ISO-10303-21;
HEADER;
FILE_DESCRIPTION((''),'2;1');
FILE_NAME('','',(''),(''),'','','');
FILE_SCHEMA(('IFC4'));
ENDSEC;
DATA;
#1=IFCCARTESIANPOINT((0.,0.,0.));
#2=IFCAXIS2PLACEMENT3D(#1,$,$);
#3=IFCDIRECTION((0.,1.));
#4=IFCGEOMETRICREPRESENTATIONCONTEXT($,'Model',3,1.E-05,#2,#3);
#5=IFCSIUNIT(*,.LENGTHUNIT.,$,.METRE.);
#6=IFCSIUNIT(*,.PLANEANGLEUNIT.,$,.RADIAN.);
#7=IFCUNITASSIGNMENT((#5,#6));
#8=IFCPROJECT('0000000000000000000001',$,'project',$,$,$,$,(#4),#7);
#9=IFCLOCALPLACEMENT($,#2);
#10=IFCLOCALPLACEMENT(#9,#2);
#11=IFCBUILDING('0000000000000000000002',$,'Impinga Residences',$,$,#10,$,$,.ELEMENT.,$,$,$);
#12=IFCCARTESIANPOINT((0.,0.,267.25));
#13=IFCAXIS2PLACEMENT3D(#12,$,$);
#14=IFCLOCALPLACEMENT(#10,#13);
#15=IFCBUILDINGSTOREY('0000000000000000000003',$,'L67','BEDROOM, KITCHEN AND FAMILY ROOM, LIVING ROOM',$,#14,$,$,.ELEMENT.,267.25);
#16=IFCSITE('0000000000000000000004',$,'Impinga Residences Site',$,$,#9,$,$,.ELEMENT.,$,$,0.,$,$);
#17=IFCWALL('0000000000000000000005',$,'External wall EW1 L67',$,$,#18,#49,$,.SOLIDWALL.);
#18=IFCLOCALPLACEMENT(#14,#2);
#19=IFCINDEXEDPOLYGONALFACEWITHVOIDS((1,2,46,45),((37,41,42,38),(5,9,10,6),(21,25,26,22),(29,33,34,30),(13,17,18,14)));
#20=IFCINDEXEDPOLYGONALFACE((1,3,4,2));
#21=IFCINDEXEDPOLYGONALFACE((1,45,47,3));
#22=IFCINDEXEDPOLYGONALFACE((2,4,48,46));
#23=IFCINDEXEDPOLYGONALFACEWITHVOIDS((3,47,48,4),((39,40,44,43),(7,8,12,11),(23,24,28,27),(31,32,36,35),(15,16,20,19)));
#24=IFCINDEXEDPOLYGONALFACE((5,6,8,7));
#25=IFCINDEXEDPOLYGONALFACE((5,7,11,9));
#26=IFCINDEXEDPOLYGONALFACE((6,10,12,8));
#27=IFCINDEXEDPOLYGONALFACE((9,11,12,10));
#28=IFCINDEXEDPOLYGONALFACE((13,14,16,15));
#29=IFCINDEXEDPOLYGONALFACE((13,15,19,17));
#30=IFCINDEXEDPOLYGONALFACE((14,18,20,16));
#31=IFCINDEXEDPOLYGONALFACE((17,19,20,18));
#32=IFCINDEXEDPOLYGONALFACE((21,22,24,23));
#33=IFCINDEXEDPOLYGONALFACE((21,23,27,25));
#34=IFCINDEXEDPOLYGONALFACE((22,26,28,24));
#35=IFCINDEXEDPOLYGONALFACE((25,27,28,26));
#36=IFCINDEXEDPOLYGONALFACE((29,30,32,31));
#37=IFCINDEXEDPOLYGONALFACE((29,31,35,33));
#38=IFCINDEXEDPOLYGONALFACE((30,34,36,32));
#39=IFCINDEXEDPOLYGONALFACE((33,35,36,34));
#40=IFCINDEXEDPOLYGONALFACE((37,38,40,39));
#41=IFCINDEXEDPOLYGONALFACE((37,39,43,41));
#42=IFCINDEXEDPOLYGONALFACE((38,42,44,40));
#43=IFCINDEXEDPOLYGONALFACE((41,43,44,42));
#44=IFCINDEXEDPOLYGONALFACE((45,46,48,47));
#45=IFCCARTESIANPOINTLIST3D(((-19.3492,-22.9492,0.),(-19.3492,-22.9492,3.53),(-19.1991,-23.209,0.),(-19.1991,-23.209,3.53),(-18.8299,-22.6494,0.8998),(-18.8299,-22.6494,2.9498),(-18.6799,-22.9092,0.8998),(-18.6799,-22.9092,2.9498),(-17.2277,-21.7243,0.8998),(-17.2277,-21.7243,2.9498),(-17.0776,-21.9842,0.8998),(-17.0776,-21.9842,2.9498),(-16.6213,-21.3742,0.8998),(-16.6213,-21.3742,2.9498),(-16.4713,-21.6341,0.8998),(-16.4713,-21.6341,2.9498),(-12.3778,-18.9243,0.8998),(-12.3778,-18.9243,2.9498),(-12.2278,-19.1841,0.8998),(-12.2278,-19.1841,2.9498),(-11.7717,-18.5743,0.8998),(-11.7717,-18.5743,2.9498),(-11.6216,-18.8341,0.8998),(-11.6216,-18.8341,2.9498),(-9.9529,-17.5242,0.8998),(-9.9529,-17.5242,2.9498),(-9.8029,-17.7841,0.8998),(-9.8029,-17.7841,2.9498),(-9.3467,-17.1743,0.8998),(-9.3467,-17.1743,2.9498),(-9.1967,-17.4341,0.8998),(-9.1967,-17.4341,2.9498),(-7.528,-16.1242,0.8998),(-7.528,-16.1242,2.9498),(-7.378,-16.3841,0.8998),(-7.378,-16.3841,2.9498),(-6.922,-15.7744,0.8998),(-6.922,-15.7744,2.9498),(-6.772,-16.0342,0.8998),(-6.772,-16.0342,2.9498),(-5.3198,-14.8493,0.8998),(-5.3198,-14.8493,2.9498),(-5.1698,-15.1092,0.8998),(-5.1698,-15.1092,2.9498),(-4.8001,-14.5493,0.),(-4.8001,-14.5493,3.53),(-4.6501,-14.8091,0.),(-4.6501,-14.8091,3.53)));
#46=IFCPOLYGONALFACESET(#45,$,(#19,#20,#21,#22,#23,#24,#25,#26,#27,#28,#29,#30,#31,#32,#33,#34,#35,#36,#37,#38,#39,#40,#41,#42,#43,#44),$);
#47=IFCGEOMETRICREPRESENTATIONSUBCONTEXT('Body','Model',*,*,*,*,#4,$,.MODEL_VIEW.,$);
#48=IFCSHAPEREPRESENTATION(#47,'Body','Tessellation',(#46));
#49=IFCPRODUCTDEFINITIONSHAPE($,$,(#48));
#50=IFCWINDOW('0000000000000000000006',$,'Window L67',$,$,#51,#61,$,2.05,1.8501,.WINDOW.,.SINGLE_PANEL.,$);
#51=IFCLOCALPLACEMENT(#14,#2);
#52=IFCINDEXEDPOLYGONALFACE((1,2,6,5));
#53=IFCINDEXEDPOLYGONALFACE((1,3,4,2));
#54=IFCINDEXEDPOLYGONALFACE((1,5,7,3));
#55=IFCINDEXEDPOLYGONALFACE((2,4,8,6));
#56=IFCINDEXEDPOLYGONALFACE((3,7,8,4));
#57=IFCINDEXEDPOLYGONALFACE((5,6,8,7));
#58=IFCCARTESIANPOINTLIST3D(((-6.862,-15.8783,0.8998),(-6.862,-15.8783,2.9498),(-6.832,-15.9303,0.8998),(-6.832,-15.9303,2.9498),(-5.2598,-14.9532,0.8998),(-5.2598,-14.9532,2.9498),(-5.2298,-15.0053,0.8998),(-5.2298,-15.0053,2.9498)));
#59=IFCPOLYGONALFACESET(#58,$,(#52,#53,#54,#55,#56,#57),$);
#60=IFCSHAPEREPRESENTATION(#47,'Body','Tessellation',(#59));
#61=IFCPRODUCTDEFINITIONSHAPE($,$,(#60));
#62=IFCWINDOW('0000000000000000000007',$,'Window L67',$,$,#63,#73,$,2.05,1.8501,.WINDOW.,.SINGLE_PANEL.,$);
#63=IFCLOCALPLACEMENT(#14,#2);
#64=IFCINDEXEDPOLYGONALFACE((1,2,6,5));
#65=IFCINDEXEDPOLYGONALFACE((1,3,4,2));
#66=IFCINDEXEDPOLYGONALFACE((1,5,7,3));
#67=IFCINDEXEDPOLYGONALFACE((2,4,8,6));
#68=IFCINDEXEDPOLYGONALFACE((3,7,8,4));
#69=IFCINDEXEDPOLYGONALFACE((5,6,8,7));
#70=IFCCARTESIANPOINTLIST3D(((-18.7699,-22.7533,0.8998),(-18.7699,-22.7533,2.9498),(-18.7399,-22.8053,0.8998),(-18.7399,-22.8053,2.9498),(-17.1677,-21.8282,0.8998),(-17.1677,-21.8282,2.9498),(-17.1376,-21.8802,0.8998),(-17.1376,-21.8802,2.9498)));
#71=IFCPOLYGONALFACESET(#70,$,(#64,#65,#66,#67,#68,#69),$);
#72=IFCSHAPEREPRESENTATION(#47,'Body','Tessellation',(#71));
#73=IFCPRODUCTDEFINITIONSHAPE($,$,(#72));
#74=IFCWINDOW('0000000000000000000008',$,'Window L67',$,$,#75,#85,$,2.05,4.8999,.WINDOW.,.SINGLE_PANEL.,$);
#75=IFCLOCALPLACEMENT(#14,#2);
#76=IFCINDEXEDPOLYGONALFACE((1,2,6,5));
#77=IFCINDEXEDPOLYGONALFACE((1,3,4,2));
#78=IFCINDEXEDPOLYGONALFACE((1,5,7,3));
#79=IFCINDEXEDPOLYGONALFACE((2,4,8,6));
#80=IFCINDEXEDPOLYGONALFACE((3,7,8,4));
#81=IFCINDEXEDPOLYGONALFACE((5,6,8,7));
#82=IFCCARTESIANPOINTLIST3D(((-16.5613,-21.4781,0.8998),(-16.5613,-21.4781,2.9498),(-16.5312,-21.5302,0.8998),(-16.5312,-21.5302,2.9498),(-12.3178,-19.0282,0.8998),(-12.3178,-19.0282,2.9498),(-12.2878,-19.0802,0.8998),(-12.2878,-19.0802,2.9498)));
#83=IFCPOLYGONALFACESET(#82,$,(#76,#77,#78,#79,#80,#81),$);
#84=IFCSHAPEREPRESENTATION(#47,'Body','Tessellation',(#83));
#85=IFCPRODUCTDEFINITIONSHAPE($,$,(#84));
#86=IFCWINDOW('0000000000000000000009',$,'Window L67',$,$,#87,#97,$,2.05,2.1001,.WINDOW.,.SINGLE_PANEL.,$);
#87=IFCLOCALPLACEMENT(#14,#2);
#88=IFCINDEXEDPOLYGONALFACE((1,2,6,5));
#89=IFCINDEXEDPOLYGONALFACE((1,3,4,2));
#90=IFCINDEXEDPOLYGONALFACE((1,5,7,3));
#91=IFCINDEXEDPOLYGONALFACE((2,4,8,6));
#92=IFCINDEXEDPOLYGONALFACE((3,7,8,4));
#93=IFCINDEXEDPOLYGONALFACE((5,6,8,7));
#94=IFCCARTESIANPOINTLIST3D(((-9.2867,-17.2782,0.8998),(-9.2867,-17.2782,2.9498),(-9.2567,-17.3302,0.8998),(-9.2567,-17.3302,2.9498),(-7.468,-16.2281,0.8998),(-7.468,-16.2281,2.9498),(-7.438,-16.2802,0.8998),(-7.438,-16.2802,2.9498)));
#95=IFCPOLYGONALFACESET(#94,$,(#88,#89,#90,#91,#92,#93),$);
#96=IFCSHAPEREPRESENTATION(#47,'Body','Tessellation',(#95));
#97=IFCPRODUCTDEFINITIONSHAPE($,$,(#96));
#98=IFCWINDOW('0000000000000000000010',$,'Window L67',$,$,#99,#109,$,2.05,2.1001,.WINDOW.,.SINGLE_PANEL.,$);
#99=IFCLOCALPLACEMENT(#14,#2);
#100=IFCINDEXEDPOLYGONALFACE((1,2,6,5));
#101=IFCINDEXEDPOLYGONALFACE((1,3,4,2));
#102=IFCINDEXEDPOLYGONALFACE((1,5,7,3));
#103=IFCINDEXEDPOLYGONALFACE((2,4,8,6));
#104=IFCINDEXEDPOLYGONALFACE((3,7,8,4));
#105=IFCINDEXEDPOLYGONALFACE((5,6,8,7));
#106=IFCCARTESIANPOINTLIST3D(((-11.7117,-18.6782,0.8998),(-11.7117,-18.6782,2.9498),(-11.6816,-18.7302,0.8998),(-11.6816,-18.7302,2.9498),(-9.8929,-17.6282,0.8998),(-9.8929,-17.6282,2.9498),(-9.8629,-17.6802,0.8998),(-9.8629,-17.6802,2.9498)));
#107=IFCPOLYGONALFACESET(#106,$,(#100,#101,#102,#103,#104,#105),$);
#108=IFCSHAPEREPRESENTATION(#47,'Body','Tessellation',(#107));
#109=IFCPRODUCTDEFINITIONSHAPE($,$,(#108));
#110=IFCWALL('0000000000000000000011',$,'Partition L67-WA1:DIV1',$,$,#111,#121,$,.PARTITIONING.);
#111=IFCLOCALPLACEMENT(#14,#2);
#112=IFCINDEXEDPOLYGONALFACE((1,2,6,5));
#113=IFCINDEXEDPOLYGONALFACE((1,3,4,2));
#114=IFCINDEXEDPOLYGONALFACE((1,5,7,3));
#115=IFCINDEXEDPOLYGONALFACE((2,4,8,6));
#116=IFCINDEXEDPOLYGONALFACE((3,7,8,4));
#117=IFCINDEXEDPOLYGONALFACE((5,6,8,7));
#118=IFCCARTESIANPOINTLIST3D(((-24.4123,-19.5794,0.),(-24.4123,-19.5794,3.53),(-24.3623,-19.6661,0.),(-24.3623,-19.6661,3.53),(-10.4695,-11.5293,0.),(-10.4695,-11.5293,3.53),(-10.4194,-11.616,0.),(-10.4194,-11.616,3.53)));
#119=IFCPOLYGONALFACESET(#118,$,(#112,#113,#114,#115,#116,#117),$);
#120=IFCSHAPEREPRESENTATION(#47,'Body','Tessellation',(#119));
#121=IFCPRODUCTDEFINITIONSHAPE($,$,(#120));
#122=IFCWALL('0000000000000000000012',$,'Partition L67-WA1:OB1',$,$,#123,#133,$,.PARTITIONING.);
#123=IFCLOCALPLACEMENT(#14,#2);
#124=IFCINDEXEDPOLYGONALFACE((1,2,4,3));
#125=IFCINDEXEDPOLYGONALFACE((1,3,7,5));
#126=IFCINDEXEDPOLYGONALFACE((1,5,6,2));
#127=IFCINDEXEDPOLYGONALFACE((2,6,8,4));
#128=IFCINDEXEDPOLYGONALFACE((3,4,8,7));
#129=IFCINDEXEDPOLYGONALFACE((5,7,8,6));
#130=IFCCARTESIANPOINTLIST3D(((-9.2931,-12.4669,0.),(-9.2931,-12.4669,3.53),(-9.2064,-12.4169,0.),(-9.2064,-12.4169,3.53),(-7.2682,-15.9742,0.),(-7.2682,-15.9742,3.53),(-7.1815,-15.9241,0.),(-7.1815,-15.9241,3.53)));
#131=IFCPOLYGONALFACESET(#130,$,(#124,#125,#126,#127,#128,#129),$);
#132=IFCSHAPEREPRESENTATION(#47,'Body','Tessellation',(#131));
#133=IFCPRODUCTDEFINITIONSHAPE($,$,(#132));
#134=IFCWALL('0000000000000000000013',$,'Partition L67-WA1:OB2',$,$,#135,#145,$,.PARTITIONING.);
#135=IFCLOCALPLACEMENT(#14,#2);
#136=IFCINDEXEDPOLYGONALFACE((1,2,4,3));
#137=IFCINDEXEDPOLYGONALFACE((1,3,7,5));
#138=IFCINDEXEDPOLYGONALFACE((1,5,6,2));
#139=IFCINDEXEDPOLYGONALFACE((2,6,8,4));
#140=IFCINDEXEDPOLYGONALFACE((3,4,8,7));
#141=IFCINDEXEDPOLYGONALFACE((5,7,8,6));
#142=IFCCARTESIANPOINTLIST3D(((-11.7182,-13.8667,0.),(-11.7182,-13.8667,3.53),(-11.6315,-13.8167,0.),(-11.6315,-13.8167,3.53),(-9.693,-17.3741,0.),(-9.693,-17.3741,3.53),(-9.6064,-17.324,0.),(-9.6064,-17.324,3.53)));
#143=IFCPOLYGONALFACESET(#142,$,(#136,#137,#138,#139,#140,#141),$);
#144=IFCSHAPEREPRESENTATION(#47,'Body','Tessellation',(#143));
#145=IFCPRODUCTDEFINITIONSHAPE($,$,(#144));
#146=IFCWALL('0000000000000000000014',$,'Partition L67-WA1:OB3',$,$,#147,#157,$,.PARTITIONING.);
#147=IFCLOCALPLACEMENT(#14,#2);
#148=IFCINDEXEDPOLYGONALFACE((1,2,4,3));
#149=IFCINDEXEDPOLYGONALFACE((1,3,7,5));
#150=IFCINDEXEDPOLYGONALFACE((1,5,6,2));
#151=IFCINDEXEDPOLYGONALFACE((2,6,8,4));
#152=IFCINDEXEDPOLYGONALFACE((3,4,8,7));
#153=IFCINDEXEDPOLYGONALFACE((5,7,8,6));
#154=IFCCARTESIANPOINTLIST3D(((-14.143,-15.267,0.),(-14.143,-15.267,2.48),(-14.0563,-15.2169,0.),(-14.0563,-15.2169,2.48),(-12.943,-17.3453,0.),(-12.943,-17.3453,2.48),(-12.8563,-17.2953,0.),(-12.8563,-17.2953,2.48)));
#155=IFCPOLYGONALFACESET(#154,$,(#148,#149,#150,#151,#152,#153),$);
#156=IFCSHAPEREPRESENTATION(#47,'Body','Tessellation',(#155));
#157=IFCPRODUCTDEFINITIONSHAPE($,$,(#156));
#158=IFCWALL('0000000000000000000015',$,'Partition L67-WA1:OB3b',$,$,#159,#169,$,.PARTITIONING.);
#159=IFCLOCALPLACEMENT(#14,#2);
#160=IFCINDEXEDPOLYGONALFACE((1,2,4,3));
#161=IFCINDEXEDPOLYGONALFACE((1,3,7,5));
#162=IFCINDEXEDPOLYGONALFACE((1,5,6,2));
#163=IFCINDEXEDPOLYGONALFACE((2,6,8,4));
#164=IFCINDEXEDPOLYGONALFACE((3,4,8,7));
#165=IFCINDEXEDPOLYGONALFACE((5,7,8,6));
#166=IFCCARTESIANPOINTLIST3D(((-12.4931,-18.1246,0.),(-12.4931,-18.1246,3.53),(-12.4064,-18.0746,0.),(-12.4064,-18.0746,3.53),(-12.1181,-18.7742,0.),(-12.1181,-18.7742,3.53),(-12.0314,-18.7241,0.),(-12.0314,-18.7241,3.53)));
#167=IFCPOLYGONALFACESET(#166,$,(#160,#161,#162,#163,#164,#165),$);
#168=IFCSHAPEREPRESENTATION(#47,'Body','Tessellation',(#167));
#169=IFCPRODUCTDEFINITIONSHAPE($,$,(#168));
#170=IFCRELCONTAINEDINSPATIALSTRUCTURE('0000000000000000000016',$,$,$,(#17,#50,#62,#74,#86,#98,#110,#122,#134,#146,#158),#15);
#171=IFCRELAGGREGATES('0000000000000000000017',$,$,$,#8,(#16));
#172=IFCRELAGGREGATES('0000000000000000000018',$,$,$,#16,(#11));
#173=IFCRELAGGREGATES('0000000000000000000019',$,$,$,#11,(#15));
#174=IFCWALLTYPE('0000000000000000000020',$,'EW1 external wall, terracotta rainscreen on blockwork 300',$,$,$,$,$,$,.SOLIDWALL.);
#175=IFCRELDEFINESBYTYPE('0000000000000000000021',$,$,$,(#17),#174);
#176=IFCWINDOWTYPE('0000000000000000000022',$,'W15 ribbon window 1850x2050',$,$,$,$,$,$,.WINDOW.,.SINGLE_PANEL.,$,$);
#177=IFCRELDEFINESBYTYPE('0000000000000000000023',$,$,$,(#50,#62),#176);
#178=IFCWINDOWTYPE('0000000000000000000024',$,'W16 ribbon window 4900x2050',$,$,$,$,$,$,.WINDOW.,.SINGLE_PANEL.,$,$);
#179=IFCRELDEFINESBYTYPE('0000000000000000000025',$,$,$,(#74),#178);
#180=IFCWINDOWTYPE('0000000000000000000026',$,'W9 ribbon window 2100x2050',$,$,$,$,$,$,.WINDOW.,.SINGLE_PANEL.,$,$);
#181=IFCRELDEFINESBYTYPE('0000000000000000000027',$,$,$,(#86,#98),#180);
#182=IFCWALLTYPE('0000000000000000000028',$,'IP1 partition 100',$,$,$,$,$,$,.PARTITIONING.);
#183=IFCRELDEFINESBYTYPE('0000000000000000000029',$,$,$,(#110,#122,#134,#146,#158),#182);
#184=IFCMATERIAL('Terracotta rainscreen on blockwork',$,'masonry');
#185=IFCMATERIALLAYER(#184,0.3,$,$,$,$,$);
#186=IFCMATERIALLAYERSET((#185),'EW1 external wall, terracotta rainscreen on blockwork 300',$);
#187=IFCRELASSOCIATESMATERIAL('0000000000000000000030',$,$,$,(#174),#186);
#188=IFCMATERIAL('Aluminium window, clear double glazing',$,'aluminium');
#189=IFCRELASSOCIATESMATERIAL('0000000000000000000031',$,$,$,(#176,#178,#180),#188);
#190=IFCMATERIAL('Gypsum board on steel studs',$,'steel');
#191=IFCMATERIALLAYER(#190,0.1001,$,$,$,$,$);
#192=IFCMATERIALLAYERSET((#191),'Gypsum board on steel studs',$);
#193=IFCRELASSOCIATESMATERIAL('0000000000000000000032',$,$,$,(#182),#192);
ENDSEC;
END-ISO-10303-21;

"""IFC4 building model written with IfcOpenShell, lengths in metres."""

from ifc_helpers import new_model, si_unit, direction, frame, frame_2d, origin, place, context, subcontext, project, spatial, rectangle, extrude, material, layer, layer_set, type_object, element, fill, save


model = new_model("IFC4")

# Units and contexts
model_context = context("Model", 3, precision=1e-05, world=origin(), true_north=direction((0.0, 1.0)))
body_context = subcontext(model_context, "Body", "Model", "MODEL_VIEW")
ifc_project = project(units=[si_unit("LENGTHUNIT", "METRE"), si_unit("PLANEANGLEUNIT", "RADIAN")], contexts=[model_context])

# Site, building, storey
site_placement = place(None, origin())
site = spatial("IfcSite", under=ifc_project, at=site_placement, Name="Impinga Residences Site", CompositionType="ELEMENT", RefElevation=0.0)
building_placement = place(site_placement, origin())
building = spatial("IfcBuilding", under=site, at=building_placement, Name="Impinga Residences", CompositionType="ELEMENT")
storey_placement = place(building_placement, frame((0.0, 0.0, 267.25)))
storey = spatial("IfcBuildingStorey", under=building, at=storey_placement, Name="L67", Description="BEDROOM, KITCHEN AND FAMILY ROOM, LIVING ROOM", CompositionType="ELEMENT", Elevation=267.25)

# Shared definitions
ifc_material_1 = material(Name="Terracotta rainscreen on blockwork", Category="masonry")
ifc_layer_1 = layer(ifc_material_1, 0.3)
ifc_layer_set_1 = layer_set([ifc_layer_1], Name="EW1 external wall, terracotta rainscreen on blockwork 300")
wall_type_1 = type_object("IfcWallType", Name="EW1 external wall, terracotta rainscreen on blockwork 300", PredefinedType="SOLIDWALL", material=ifc_layer_set_1)

# Wall, openings, windows
wall_1_placement = place(storey_placement, frame((-4.7251, -14.6792, 0.0), z_axis=(0.0, 0.0, 1.0), x_axis=(-0.866026, -0.5, 0.0)))
wall_1 = element("IfcWall", 1, at=wall_1_placement, inside=storey, type_object=wall_type_1, Name="External wall EW1 L67", PredefinedType="SOLIDWALL", context=body_context, shape_type="SweptSolid", body=[
    extrude(rectangle(XDim=16.7998, YDim=0.3, at=frame_2d((8.3999, 0.0))), origin(), (0.0, 0.0, 1.0), 3.53),
])
opening_1_placement = place(wall_1_placement, frame((0.6001, 0.0, 0.8999)))
opening_1 = element("IfcOpeningElement", 2, at=opening_1_placement, cuts=wall_1, PredefinedType="OPENING", context=body_context, shape_type="SweptSolid", body=[
    extrude(rectangle(XDim=1.8501, YDim=2.05, at=frame_2d((0.925, 1.0249))), frame((0.0, 0.1599, 0.0), z_axis=(0.0, -1.0, 0.0), x_axis=(1.0, 0.0, 0.0)), (0.0, 0.0, 1.0), 0.3201),
])
opening_2_placement = place(wall_1_placement, frame((3.1499, 0.0, 0.8999)))
opening_2 = element("IfcOpeningElement", 3, at=opening_2_placement, cuts=wall_1, PredefinedType="OPENING", context=body_context, shape_type="SweptSolid", body=[
    extrude(rectangle(XDim=2.1001, YDim=2.05, at=frame_2d((1.05, 1.0249))), frame((0.0, 0.1599, 0.0), z_axis=(0.0, -1.0, 0.0), x_axis=(1.0, 0.0, 0.0)), (0.0, 0.0, 1.0), 0.3201),
])
opening_3_placement = place(wall_1_placement, frame((5.95, 0.0, 0.8999)))
opening_3 = element("IfcOpeningElement", 4, at=opening_3_placement, cuts=wall_1, PredefinedType="OPENING", context=body_context, shape_type="SweptSolid", body=[
    extrude(rectangle(XDim=2.1001, YDim=2.05, at=frame_2d((1.05, 1.0249))), frame((0.0, 0.1599, 0.0), z_axis=(0.0, -1.0, 0.0), x_axis=(1.0, 0.0, 0.0)), (0.0, 0.0, 1.0), 0.3201),
])
opening_4_placement = place(wall_1_placement, frame((8.75, 0.0, 0.8999)))
opening_4 = element("IfcOpeningElement", 5, at=opening_4_placement, cuts=wall_1, PredefinedType="OPENING", context=body_context, shape_type="SweptSolid", body=[
    extrude(rectangle(XDim=4.8999, YDim=2.05, at=frame_2d((2.45, 1.0249))), frame((0.0, 0.1599, 0.0), z_axis=(0.0, -1.0, 0.0), x_axis=(1.0, 0.0, 0.0)), (0.0, 0.0, 1.0), 0.3201),
])
opening_5_placement = place(wall_1_placement, frame((14.3501, 0.0, 0.8999)))
opening_5 = element("IfcOpeningElement", 6, at=opening_5_placement, cuts=wall_1, PredefinedType="OPENING", context=body_context, shape_type="SweptSolid", body=[
    extrude(rectangle(XDim=1.8501, YDim=2.05, at=frame_2d((0.925, 1.0249))), frame((0.0, 0.1599, 0.0), z_axis=(0.0, -1.0, 0.0), x_axis=(1.0, 0.0, 0.0)), (0.0, 0.0, 1.0), 0.3201),
])
ifc_material_2 = material(Name="Aluminium window, clear double glazing", Category="aluminium")
window_type_1 = type_object("IfcWindowType", Name="W15 ribbon window 1850x2050", PartitioningType="SINGLE_PANEL", PredefinedType="WINDOW", material=ifc_material_2)
window_1_placement = place(opening_1_placement, origin())
window_1 = element("IfcWindow", 7, at=window_1_placement, inside=storey, type_object=window_type_1, Name="Window L67", OverallHeight=2.05, OverallWidth=1.8501, PartitioningType="SINGLE_PANEL", PredefinedType="WINDOW", context=body_context, shape_type="SweptSolid", body=[
    extrude(rectangle(XDim=1.8501, YDim=2.05, at=frame_2d((0.925, 1.0249))), frame((0.0, 0.03, 0.0), z_axis=(0.0, -1.0, 0.0), x_axis=(1.0, 0.0, 0.0)), (0.0, 0.0, 1.0), 0.0601),
])
fill(opening_1, window_1)
window_2_placement = place(opening_5_placement, origin())
window_2 = element("IfcWindow", 8, at=window_2_placement, inside=storey, type_object=window_type_1, Name="Window L67", OverallHeight=2.05, OverallWidth=1.8501, PartitioningType="SINGLE_PANEL", PredefinedType="WINDOW", context=body_context, shape_type="SweptSolid", body=[
    extrude(rectangle(XDim=1.8501, YDim=2.05, at=frame_2d((0.925, 1.0249))), frame((0.0, 0.03, 0.0), z_axis=(0.0, -1.0, 0.0), x_axis=(1.0, 0.0, 0.0)), (0.0, 0.0, 1.0), 0.0601),
])
fill(opening_5, window_2)
window_type_2 = type_object("IfcWindowType", Name="W16 ribbon window 4900x2050", PartitioningType="SINGLE_PANEL", PredefinedType="WINDOW", material=ifc_material_2)
window_3_placement = place(opening_4_placement, origin())
window_3 = element("IfcWindow", 9, at=window_3_placement, inside=storey, type_object=window_type_2, Name="Window L67", OverallHeight=2.05, OverallWidth=4.8999, PartitioningType="SINGLE_PANEL", PredefinedType="WINDOW", context=body_context, shape_type="SweptSolid", body=[
    extrude(rectangle(XDim=4.8999, YDim=2.05, at=frame_2d((2.45, 1.0249))), frame((0.0, 0.03, 0.0), z_axis=(0.0, -1.0, 0.0), x_axis=(1.0, 0.0, 0.0)), (0.0, 0.0, 1.0), 0.0601),
])
fill(opening_4, window_3)
window_type_3 = type_object("IfcWindowType", Name="W9 ribbon window 2100x2050", PartitioningType="SINGLE_PANEL", PredefinedType="WINDOW", material=ifc_material_2)
window_4_placement = place(opening_2_placement, origin())
window_4 = element("IfcWindow", 10, at=window_4_placement, inside=storey, type_object=window_type_3, Name="Window L67", OverallHeight=2.05, OverallWidth=2.1001, PartitioningType="SINGLE_PANEL", PredefinedType="WINDOW", context=body_context, shape_type="SweptSolid", body=[
    extrude(rectangle(XDim=2.1001, YDim=2.05, at=frame_2d((1.05, 1.0249))), frame((0.0, 0.03, 0.0), z_axis=(0.0, -1.0, 0.0), x_axis=(1.0, 0.0, 0.0)), (0.0, 0.0, 1.0), 0.0601),
])
fill(opening_2, window_4)
window_5_placement = place(opening_3_placement, origin())
window_5 = element("IfcWindow", 11, at=window_5_placement, inside=storey, type_object=window_type_3, Name="Window L67", OverallHeight=2.05, OverallWidth=2.1001, PartitioningType="SINGLE_PANEL", PredefinedType="WINDOW", context=body_context, shape_type="SweptSolid", body=[
    extrude(rectangle(XDim=2.1001, YDim=2.05, at=frame_2d((1.05, 1.0249))), frame((0.0, 0.03, 0.0), z_axis=(0.0, -1.0, 0.0), x_axis=(1.0, 0.0, 0.0)), (0.0, 0.0, 1.0), 0.0601),
])
fill(opening_3, window_5)

# Walls
ifc_material_3 = material(Name="Gypsum board on steel studs", Category="steel")
ifc_layer_2 = layer(ifc_material_3, 0.1001)
ifc_layer_set_2 = layer_set([ifc_layer_2], Name="Gypsum board on steel studs")
wall_type_2 = type_object("IfcWallType", Name="IP1 partition 100", PredefinedType="PARTITIONING", material=ifc_layer_set_2)
wall_2_placement = place(storey_placement, frame((-10.4446, -11.5728, 0.0), z_axis=(0.0, 0.0, 1.0), x_axis=(-0.866022, -0.500006, 0.0)))
element("IfcWall", 12, at=wall_2_placement, inside=storey, type_object=wall_type_2, Name="Partition L67-WA1:DIV1", PredefinedType="PARTITIONING", context=body_context, shape_type="SweptSolid", body=[
    extrude(rectangle(XDim=16.0999, YDim=0.1001, at=frame_2d((8.0498, 0.0))), origin(), (0.0, 0.0, 1.0), 3.53),
])
wall_3_placement = place(storey_placement, frame((-9.2498, -12.4419, 0.0), z_axis=(0.0, 0.0, 1.0), x_axis=(0.49999, -0.866031, 0.0)))
element("IfcWall", 13, at=wall_3_placement, inside=storey, type_object=wall_type_2, Name="Partition L67-WA1:OB1", PredefinedType="PARTITIONING", context=body_context, shape_type="SweptSolid", body=[
    extrude(rectangle(XDim=4.0498, YDim=0.1001, at=frame_2d((2.0249, 0.0))), origin(), (0.0, 0.0, 1.0), 3.53),
])
wall_4_placement = place(storey_placement, frame((-11.6748, -13.8418, 0.0), z_axis=(0.0, 0.0, 1.0), x_axis=(0.500036, -0.866005, 0.0)))
element("IfcWall", 14, at=wall_4_placement, inside=storey, type_object=wall_type_2, Name="Partition L67-WA1:OB2", PredefinedType="PARTITIONING", context=body_context, shape_type="SweptSolid", body=[
    extrude(rectangle(XDim=4.05, YDim=0.1001, at=frame_2d((2.0249, 0.0))), origin(), (0.0, 0.0, 1.0), 3.53),
])
wall_5_placement = place(storey_placement, frame((-14.0996, -15.2419, 0.0), z_axis=(0.0, 0.0, 1.0), x_axis=(0.500001, -0.866025, 0.0)))
element("IfcWall", 15, at=wall_5_placement, inside=storey, type_object=wall_type_2, Name="Partition L67-WA1:OB3", PredefinedType="PARTITIONING", context=body_context, shape_type="SweptSolid", body=[
    extrude(rectangle(XDim=2.3999, YDim=0.1001, at=frame_2d((1.2, 0.0))), origin(), (0.0, 0.0, 1.0), 2.48),
])
wall_6_placement = place(storey_placement, frame((-12.4497, -18.0996, 0.0), z_axis=(0.0, 0.0, 1.0), x_axis=(0.49992, -0.866072, 0.0)))
element("IfcWall", 16, at=wall_6_placement, inside=storey, type_object=wall_type_2, Name="Partition L67-WA1:OB3b", PredefinedType="PARTITIONING", context=body_context, shape_type="SweptSolid", body=[
    extrude(rectangle(XDim=0.75, YDim=0.1001, at=frame_2d((0.375, 0.0))), origin(), (0.0, 0.0, 1.0), 3.53),
])

save(model, "model.ifc")
